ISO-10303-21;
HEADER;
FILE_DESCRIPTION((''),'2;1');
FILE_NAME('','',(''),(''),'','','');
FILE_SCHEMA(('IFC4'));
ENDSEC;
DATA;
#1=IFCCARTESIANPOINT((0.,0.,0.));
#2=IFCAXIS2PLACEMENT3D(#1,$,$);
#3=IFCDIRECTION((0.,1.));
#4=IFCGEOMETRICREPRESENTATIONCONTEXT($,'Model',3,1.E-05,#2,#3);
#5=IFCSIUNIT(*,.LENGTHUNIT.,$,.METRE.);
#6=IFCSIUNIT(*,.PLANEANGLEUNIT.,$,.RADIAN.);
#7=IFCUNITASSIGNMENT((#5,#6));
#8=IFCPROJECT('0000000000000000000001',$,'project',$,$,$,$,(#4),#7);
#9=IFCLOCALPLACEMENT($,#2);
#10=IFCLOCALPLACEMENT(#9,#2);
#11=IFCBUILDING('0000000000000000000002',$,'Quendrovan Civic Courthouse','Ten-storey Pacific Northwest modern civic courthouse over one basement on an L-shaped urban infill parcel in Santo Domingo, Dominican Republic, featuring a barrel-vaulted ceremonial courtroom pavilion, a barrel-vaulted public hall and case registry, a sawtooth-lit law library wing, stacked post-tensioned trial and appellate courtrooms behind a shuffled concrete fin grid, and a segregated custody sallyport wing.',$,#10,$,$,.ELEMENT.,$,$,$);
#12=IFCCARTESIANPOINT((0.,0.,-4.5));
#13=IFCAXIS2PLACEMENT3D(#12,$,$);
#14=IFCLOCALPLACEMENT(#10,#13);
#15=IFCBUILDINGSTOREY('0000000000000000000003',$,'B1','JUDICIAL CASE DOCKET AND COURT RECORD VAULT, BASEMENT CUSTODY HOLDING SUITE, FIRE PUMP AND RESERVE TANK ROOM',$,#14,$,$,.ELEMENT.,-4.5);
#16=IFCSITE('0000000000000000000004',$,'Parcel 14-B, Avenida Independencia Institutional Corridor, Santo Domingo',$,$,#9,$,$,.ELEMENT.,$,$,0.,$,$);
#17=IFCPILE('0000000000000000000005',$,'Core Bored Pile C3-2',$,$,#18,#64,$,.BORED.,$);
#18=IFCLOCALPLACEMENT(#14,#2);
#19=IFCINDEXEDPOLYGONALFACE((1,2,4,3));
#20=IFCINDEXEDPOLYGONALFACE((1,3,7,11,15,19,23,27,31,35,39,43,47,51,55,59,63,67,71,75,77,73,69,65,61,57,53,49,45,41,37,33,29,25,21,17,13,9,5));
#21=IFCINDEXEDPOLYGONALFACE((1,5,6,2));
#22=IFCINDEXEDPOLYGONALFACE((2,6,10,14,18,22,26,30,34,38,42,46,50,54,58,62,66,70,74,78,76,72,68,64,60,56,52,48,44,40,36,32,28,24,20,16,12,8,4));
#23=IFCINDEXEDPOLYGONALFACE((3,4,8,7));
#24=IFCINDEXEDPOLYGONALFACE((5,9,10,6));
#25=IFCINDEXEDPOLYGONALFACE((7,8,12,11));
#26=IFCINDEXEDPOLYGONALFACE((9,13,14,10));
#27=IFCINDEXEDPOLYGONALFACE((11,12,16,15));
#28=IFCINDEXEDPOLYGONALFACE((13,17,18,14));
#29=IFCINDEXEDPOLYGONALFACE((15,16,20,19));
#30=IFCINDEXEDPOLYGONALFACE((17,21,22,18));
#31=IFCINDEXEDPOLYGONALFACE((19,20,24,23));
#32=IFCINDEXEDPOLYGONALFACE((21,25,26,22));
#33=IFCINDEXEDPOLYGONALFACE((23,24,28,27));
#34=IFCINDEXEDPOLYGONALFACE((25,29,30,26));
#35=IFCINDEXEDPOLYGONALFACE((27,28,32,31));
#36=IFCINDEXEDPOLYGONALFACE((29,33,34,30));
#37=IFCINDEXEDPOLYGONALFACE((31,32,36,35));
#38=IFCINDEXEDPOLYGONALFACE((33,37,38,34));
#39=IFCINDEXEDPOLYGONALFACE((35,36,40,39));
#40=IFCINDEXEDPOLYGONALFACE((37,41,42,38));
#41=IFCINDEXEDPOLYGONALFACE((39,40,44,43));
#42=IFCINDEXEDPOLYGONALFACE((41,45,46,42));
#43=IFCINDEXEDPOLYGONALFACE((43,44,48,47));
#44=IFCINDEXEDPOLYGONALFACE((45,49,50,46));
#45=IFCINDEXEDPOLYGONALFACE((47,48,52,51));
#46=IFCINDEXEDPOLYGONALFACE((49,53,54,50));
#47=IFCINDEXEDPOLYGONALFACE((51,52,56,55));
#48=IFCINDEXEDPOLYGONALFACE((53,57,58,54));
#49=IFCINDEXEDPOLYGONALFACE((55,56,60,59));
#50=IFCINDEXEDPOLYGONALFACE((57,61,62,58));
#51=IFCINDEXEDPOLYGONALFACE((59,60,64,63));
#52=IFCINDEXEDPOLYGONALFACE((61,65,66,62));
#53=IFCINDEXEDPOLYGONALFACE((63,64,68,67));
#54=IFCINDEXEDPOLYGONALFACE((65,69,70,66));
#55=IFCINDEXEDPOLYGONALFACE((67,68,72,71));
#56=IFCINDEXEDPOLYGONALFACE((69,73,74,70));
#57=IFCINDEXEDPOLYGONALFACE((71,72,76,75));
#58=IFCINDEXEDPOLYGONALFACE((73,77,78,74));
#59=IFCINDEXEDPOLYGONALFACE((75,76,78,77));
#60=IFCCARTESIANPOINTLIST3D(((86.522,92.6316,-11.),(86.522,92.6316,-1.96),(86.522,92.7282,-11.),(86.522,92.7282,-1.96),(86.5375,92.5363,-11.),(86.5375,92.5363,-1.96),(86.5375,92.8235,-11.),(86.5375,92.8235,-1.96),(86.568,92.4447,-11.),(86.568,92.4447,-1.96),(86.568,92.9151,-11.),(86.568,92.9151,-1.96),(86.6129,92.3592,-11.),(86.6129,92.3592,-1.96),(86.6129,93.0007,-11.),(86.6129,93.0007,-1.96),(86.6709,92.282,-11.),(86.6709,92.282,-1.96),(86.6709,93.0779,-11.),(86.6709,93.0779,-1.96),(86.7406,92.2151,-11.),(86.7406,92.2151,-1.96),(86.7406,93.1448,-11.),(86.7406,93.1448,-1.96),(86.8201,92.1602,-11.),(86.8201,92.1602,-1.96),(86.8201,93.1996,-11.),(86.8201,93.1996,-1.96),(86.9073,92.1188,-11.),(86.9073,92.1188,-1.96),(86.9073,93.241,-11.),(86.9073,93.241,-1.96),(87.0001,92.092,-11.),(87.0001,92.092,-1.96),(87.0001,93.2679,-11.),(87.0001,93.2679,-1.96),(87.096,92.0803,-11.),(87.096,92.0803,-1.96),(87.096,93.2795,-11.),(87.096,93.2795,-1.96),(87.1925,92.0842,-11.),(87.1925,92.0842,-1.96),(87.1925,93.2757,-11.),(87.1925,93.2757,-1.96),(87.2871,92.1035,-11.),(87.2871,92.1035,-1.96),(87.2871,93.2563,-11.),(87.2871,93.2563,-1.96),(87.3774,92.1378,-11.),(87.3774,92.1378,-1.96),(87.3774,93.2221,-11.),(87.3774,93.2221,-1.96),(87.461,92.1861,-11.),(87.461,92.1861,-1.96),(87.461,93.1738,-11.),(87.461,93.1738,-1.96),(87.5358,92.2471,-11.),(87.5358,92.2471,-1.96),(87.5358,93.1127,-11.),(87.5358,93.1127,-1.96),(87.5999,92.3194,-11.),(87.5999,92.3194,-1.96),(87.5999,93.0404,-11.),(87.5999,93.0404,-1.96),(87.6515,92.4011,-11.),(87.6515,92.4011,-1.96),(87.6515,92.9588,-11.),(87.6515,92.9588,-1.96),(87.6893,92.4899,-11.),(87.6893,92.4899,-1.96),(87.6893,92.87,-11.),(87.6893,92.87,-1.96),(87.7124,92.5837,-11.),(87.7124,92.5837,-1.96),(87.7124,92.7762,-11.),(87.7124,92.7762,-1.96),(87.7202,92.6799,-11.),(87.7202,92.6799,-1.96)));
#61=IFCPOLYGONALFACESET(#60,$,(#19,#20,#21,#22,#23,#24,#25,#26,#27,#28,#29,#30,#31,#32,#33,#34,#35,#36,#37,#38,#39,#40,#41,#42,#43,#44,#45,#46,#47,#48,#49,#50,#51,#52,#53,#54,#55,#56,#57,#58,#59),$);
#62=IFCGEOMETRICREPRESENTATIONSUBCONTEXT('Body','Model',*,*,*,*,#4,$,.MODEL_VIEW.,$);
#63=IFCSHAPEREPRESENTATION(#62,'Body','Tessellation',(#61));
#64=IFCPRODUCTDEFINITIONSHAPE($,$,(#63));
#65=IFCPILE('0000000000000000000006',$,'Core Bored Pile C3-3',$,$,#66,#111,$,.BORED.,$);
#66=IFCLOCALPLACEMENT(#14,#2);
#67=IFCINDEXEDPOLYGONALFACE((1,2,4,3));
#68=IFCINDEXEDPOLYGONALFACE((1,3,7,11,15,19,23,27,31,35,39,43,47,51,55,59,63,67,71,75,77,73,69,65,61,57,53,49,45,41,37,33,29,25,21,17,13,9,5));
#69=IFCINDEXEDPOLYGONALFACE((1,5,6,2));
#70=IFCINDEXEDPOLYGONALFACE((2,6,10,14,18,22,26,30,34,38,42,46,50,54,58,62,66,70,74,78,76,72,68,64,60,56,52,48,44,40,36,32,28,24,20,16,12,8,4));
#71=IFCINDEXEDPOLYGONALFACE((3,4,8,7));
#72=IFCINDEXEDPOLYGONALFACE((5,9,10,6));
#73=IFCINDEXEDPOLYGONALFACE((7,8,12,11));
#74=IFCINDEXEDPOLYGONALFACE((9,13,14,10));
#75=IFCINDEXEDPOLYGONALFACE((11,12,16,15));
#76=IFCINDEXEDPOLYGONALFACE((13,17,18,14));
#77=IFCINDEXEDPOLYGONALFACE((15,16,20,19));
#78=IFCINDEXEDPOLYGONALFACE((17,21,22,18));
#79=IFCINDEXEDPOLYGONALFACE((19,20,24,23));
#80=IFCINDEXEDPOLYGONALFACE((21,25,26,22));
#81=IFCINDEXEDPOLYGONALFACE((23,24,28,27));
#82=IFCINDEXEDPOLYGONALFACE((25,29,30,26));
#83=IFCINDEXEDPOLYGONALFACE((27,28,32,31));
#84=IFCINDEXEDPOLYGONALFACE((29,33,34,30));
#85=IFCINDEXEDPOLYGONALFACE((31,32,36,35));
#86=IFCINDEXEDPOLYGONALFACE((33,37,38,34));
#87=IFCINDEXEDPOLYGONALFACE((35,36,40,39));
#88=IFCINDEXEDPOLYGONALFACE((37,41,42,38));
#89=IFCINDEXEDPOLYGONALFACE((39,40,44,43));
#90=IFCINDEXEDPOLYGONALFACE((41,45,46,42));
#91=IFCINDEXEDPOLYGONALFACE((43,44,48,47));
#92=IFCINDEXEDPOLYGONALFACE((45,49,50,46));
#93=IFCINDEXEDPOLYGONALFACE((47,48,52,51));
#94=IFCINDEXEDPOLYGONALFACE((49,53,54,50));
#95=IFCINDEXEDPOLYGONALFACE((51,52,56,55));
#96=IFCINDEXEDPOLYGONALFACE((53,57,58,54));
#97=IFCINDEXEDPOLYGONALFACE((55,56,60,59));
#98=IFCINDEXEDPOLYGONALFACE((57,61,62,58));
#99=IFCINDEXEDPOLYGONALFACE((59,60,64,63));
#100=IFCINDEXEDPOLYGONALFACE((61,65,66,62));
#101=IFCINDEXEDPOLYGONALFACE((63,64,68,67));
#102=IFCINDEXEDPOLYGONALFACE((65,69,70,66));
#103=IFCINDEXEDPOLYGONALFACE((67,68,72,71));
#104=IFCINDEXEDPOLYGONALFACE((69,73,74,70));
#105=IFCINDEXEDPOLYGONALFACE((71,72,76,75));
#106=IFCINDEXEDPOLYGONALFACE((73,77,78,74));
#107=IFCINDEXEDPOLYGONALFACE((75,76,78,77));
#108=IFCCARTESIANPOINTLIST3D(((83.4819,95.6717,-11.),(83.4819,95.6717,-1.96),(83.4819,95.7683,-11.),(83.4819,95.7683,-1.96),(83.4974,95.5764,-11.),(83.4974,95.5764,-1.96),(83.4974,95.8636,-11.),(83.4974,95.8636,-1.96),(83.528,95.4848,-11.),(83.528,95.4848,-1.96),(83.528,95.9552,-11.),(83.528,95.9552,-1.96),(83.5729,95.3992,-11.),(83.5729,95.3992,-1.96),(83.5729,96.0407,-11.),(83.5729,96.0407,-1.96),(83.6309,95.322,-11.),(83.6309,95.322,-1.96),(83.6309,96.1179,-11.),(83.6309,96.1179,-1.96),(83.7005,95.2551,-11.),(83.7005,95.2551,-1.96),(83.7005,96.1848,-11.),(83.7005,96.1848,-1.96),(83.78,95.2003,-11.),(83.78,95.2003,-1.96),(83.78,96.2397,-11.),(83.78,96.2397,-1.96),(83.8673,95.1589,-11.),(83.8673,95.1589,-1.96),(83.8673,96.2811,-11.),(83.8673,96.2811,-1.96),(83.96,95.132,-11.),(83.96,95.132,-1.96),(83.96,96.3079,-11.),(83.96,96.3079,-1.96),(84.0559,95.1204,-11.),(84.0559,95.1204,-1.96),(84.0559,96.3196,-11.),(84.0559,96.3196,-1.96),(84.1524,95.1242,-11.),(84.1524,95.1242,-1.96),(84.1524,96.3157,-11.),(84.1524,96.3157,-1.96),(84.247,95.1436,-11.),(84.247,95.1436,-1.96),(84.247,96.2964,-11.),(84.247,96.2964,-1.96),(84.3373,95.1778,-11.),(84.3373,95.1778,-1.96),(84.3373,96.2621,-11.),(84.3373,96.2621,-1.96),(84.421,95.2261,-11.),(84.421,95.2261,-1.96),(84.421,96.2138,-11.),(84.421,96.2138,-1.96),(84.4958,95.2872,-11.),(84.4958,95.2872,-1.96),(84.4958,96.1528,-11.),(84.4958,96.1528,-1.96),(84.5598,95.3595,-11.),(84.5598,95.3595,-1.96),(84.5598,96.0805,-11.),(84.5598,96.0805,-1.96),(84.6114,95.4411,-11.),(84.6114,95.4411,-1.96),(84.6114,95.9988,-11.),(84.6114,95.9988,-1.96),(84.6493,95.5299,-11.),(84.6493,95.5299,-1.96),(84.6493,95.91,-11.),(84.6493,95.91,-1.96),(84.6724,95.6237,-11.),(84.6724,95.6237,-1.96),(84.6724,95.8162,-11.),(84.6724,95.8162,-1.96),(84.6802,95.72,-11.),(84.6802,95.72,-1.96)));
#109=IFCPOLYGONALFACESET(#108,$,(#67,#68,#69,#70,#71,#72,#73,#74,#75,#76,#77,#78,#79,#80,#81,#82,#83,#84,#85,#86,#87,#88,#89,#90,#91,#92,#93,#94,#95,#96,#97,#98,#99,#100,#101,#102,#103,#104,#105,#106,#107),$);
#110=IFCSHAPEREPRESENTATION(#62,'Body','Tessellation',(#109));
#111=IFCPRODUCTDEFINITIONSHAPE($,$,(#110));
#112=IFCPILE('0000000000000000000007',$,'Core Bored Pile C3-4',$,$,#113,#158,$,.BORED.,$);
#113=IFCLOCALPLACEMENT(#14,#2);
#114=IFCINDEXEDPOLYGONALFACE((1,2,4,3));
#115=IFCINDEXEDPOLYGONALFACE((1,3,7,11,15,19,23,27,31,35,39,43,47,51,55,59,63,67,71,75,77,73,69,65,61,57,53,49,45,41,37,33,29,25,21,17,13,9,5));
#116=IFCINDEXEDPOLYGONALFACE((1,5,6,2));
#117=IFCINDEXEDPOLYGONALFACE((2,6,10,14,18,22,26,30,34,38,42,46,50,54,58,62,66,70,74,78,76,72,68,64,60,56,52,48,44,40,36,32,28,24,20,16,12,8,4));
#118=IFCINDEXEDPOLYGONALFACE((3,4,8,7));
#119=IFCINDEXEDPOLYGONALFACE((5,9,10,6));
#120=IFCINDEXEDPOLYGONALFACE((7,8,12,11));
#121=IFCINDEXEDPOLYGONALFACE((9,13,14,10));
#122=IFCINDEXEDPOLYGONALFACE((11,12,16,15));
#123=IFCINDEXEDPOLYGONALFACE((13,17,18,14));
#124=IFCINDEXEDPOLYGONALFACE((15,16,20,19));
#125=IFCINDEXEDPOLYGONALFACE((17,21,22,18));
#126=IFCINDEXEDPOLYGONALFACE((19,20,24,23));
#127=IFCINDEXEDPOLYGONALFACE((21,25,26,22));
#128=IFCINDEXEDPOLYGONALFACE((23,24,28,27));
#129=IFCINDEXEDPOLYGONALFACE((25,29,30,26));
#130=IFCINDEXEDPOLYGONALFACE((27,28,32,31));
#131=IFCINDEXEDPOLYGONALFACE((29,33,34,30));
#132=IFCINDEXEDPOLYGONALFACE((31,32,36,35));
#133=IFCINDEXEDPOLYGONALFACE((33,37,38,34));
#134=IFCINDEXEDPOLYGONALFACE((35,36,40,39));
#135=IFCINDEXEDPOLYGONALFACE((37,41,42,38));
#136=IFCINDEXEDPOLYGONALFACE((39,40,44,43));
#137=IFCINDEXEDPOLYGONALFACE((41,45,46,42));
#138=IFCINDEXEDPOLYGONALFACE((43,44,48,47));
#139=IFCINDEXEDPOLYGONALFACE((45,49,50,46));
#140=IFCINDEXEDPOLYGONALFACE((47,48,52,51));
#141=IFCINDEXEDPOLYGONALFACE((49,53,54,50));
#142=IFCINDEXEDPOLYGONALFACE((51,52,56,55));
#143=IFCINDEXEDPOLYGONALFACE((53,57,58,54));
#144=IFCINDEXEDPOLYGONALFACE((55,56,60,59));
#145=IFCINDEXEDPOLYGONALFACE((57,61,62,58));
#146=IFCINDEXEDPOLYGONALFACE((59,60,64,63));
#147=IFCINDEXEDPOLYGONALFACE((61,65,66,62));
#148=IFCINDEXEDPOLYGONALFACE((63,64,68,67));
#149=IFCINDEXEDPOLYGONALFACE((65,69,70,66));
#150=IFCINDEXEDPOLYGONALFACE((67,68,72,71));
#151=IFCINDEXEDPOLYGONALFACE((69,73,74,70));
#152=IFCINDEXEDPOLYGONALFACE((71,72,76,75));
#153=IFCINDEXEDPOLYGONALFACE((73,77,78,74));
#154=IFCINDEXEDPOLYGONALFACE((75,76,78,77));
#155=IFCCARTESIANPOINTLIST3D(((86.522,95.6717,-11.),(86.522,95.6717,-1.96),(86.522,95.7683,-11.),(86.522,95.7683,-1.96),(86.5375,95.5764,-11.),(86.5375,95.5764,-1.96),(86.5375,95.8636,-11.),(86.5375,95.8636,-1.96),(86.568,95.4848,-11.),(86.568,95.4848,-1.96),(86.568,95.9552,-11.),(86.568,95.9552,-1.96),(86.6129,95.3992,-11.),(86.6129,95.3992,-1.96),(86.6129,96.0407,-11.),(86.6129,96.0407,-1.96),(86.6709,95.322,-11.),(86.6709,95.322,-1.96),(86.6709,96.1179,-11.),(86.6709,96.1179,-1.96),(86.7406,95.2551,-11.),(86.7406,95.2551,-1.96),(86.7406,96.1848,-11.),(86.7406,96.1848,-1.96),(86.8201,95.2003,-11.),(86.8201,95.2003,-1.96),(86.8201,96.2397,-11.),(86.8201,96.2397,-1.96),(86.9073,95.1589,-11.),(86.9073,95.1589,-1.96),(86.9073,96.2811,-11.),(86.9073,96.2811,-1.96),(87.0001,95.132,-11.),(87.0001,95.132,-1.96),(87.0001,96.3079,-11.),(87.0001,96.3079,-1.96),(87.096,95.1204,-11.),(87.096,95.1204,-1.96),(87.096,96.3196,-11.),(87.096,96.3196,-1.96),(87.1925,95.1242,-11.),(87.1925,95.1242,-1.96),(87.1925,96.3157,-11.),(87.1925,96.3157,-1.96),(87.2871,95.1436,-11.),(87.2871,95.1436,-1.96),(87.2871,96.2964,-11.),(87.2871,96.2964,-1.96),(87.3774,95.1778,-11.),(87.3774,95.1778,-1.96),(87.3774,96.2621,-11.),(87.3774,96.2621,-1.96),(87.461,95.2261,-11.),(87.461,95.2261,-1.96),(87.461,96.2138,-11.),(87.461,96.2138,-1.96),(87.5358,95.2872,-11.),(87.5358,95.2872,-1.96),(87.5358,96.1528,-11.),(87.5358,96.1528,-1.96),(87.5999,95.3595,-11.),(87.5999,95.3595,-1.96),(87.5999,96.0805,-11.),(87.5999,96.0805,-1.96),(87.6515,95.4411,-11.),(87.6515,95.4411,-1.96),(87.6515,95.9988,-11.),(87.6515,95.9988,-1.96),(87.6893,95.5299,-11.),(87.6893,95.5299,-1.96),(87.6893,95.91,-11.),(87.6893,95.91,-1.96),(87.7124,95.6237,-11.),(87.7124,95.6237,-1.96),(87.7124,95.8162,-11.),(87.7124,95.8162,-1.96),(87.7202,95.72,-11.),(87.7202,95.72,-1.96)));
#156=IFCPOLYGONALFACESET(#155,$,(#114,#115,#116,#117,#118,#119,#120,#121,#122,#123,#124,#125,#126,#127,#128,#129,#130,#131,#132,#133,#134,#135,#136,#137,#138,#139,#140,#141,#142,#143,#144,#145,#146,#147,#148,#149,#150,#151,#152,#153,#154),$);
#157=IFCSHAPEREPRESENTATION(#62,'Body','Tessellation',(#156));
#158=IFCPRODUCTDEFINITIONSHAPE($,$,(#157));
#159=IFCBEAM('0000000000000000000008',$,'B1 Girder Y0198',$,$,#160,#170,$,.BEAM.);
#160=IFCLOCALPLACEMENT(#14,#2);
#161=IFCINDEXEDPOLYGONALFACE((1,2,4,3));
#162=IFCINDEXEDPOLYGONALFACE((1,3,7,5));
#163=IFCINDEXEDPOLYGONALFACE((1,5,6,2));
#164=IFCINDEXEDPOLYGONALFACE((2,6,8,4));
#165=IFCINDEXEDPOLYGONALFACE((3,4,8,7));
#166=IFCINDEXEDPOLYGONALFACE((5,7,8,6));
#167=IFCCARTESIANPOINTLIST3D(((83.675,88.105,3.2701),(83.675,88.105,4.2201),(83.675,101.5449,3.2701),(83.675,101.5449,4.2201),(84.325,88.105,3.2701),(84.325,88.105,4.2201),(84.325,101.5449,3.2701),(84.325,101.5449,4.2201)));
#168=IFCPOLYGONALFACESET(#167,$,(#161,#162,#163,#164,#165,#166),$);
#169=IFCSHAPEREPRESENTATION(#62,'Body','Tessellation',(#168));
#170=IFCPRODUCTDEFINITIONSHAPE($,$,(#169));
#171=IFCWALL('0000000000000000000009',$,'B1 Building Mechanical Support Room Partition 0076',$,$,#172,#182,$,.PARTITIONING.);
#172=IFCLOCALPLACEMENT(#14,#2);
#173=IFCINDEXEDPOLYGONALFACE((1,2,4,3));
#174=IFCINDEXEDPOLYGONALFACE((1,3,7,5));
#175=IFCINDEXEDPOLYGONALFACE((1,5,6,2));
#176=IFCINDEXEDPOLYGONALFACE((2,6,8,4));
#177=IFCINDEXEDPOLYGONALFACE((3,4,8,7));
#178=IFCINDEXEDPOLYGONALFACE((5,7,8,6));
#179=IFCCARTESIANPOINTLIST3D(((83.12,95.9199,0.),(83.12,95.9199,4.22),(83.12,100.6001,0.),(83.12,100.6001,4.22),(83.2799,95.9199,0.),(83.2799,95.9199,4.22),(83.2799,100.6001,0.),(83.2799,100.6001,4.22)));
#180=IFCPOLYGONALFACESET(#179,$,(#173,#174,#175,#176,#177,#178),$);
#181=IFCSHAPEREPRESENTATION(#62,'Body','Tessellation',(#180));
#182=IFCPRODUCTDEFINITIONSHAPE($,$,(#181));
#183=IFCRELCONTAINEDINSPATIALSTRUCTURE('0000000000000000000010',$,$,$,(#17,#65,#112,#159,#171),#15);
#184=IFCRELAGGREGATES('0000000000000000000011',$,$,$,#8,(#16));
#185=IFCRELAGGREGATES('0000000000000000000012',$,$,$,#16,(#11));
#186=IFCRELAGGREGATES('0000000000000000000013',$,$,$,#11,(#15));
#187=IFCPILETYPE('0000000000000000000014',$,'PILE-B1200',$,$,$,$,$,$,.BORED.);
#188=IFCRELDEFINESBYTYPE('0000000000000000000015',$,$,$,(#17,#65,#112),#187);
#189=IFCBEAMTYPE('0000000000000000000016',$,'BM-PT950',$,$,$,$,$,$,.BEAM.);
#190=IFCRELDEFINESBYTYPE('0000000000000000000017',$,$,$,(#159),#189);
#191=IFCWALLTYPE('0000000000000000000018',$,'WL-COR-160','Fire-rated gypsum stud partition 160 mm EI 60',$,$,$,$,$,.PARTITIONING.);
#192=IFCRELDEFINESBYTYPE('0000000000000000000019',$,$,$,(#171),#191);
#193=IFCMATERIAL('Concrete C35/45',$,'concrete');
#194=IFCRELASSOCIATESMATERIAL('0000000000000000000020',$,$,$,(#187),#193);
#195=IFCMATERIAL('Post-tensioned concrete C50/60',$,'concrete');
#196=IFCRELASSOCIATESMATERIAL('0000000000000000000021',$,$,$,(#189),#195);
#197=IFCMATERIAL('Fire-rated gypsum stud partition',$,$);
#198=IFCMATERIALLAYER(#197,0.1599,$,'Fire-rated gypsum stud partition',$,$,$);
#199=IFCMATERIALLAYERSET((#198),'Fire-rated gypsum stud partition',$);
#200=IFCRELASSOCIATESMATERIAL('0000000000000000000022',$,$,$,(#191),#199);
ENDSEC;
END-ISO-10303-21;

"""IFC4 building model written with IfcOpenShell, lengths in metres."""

from ifc_helpers import new_model, si_unit, direction, frame, frame_2d, origin, origin_2d, place, context, subcontext, project, spatial, rectangle, circle, extrude, material, layer, layer_set, material_profile, profile_set, type_object, element, save


model = new_model("IFC4")

# Units and contexts
model_context = context("Model", 3, precision=1e-05, world=origin(), true_north=direction((0.0, 1.0)))
body_context = subcontext(model_context, "Body", "Model", "MODEL_VIEW")
ifc_project = project(units=[si_unit("LENGTHUNIT", "METRE"), si_unit("PLANEANGLEUNIT", "RADIAN")], contexts=[model_context])

# Site, building, storey
site_placement = place(None, origin())
site = spatial("IfcSite", under=ifc_project, at=site_placement, Name="Parcel 14-B, Avenida Independencia Institutional Corridor, Santo Domingo", CompositionType="ELEMENT", RefElevation=0.0)
building_placement = place(site_placement, origin())
building = spatial("IfcBuilding", under=site, at=building_placement, Name="Quendrovan Civic Courthouse", Description="Ten-storey Pacific Northwest modern civic courthouse over one basement on an L-shaped urban infill parcel in Santo Domingo, Dominican Republic, featuring a barrel-vaulted ceremonial courtroom pavilion, a barrel-vaulted public hall and case registry, a sawtooth-lit law library wing, stacked post-tensioned trial and appellate courtrooms behind a shuffled concrete fin grid, and a segregated custody sallyport wing.", CompositionType="ELEMENT")
storey_placement = place(building_placement, frame((0.0, 0.0, -4.5)))
storey = spatial("IfcBuildingStorey", under=building, at=storey_placement, Name="B1", Description="JUDICIAL CASE DOCKET AND COURT RECORD VAULT, BASEMENT CUSTODY HOLDING SUITE, FIRE PUMP AND RESERVE TANK ROOM", CompositionType="ELEMENT", Elevation=-4.5)

# Shared definitions
ifc_material_1 = material(Name="Concrete C35/45", Category="concrete")

# Piles
ifc_material_profile_1 = material_profile(ifc_material_1, circle(Radius=0.6001, at=origin_2d()), Name="PILE-D1200")
ifc_profile_set_1 = profile_set([ifc_material_profile_1], Name="Concrete C35/45")
pile_type = type_object("IfcPileType", Name="PILE-B1200", PredefinedType="BORED", material=ifc_profile_set_1)
for number, where, z_axis, x_axis, name in (
    (1, (87.1201, 92.6799, -1.96), (0.0, 0.0, -1.0), (1.0, 0.0, 0.0), "Core Bored Pile C3-2"),
    (2, (84.0801, 95.72, -1.96), (0.0, 0.0, -1.0), (1.0, 0.0, 0.0), "Core Bored Pile C3-3"),
    (3, (87.1201, 95.72, -1.96), (0.0, 0.0, -1.0), (1.0, 0.0, 0.0), "Core Bored Pile C3-4"),
):
    element("IfcPile", number, at=place(storey_placement, frame(where, z_axis=z_axis, x_axis=x_axis)), inside=storey, type_object=pile_type, Name=name, PredefinedType="BORED", context=body_context, shape_type="SweptSolid", body=[
        extrude(circle(Radius=0.6001, at=origin_2d()), origin(), (0.0, 0.0, 1.0), 9.04),
    ])

# Beam
ifc_material_2 = material(Name="Post-tensioned concrete C50/60", Category="concrete")
ifc_material_profile_2 = material_profile(ifc_material_2, rectangle(XDim=0.6499, YDim=0.95, at=origin_2d()), Name="PT-GIRD-650x950")
ifc_profile_set_2 = profile_set([ifc_material_profile_2], Name="Post-tensioned concrete C50/60")
beam_type = type_object("IfcBeamType", Name="BM-PT950", PredefinedType="BEAM", material=ifc_profile_set_2)
beam_placement = place(storey_placement, frame((84.0, 88.105, 3.7451), z_axis=(0.0, 1.0, 0.0), x_axis=(-1.0, 0.0, 0.0)))
element("IfcBeam", 4, at=beam_placement, inside=storey, type_object=beam_type, Name="B1 Girder Y0198", PredefinedType="BEAM", context=body_context, shape_type="SweptSolid", body=[
    extrude(rectangle(XDim=0.6499, YDim=0.95, at=origin_2d()), origin(), (0.0, 0.0, 1.0), 13.4399),
])

# Wall
ifc_material_3 = material(Name="Fire-rated gypsum stud partition")
ifc_layer_1 = layer(ifc_material_3, 0.1599, Name="Fire-rated gypsum stud partition")
ifc_layer_set_1 = layer_set([ifc_layer_1], Name="Fire-rated gypsum stud partition")
wall_type_1 = type_object("IfcWallType", Name="WL-COR-160", Description="Fire-rated gypsum stud partition 160 mm EI 60", PredefinedType="PARTITIONING", material=ifc_layer_set_1)
wall_1_placement = place(storey_placement, frame((83.2, 95.9199, 0.0), z_axis=(0.0, 0.0, 1.0), x_axis=(0.0, 1.0, 0.0)))
element("IfcWall", 5, at=wall_1_placement, inside=storey, type_object=wall_type_1, Name="B1 Building Mechanical Support Room Partition 0076", PredefinedType="PARTITIONING", context=body_context, shape_type="SweptSolid", body=[
    extrude(rectangle(XDim=4.6802, YDim=0.1599, at=frame_2d((2.3401, 0.0))), origin(), (0.0, 0.0, 1.0), 4.22),
])

save(model, "model.ifc")
